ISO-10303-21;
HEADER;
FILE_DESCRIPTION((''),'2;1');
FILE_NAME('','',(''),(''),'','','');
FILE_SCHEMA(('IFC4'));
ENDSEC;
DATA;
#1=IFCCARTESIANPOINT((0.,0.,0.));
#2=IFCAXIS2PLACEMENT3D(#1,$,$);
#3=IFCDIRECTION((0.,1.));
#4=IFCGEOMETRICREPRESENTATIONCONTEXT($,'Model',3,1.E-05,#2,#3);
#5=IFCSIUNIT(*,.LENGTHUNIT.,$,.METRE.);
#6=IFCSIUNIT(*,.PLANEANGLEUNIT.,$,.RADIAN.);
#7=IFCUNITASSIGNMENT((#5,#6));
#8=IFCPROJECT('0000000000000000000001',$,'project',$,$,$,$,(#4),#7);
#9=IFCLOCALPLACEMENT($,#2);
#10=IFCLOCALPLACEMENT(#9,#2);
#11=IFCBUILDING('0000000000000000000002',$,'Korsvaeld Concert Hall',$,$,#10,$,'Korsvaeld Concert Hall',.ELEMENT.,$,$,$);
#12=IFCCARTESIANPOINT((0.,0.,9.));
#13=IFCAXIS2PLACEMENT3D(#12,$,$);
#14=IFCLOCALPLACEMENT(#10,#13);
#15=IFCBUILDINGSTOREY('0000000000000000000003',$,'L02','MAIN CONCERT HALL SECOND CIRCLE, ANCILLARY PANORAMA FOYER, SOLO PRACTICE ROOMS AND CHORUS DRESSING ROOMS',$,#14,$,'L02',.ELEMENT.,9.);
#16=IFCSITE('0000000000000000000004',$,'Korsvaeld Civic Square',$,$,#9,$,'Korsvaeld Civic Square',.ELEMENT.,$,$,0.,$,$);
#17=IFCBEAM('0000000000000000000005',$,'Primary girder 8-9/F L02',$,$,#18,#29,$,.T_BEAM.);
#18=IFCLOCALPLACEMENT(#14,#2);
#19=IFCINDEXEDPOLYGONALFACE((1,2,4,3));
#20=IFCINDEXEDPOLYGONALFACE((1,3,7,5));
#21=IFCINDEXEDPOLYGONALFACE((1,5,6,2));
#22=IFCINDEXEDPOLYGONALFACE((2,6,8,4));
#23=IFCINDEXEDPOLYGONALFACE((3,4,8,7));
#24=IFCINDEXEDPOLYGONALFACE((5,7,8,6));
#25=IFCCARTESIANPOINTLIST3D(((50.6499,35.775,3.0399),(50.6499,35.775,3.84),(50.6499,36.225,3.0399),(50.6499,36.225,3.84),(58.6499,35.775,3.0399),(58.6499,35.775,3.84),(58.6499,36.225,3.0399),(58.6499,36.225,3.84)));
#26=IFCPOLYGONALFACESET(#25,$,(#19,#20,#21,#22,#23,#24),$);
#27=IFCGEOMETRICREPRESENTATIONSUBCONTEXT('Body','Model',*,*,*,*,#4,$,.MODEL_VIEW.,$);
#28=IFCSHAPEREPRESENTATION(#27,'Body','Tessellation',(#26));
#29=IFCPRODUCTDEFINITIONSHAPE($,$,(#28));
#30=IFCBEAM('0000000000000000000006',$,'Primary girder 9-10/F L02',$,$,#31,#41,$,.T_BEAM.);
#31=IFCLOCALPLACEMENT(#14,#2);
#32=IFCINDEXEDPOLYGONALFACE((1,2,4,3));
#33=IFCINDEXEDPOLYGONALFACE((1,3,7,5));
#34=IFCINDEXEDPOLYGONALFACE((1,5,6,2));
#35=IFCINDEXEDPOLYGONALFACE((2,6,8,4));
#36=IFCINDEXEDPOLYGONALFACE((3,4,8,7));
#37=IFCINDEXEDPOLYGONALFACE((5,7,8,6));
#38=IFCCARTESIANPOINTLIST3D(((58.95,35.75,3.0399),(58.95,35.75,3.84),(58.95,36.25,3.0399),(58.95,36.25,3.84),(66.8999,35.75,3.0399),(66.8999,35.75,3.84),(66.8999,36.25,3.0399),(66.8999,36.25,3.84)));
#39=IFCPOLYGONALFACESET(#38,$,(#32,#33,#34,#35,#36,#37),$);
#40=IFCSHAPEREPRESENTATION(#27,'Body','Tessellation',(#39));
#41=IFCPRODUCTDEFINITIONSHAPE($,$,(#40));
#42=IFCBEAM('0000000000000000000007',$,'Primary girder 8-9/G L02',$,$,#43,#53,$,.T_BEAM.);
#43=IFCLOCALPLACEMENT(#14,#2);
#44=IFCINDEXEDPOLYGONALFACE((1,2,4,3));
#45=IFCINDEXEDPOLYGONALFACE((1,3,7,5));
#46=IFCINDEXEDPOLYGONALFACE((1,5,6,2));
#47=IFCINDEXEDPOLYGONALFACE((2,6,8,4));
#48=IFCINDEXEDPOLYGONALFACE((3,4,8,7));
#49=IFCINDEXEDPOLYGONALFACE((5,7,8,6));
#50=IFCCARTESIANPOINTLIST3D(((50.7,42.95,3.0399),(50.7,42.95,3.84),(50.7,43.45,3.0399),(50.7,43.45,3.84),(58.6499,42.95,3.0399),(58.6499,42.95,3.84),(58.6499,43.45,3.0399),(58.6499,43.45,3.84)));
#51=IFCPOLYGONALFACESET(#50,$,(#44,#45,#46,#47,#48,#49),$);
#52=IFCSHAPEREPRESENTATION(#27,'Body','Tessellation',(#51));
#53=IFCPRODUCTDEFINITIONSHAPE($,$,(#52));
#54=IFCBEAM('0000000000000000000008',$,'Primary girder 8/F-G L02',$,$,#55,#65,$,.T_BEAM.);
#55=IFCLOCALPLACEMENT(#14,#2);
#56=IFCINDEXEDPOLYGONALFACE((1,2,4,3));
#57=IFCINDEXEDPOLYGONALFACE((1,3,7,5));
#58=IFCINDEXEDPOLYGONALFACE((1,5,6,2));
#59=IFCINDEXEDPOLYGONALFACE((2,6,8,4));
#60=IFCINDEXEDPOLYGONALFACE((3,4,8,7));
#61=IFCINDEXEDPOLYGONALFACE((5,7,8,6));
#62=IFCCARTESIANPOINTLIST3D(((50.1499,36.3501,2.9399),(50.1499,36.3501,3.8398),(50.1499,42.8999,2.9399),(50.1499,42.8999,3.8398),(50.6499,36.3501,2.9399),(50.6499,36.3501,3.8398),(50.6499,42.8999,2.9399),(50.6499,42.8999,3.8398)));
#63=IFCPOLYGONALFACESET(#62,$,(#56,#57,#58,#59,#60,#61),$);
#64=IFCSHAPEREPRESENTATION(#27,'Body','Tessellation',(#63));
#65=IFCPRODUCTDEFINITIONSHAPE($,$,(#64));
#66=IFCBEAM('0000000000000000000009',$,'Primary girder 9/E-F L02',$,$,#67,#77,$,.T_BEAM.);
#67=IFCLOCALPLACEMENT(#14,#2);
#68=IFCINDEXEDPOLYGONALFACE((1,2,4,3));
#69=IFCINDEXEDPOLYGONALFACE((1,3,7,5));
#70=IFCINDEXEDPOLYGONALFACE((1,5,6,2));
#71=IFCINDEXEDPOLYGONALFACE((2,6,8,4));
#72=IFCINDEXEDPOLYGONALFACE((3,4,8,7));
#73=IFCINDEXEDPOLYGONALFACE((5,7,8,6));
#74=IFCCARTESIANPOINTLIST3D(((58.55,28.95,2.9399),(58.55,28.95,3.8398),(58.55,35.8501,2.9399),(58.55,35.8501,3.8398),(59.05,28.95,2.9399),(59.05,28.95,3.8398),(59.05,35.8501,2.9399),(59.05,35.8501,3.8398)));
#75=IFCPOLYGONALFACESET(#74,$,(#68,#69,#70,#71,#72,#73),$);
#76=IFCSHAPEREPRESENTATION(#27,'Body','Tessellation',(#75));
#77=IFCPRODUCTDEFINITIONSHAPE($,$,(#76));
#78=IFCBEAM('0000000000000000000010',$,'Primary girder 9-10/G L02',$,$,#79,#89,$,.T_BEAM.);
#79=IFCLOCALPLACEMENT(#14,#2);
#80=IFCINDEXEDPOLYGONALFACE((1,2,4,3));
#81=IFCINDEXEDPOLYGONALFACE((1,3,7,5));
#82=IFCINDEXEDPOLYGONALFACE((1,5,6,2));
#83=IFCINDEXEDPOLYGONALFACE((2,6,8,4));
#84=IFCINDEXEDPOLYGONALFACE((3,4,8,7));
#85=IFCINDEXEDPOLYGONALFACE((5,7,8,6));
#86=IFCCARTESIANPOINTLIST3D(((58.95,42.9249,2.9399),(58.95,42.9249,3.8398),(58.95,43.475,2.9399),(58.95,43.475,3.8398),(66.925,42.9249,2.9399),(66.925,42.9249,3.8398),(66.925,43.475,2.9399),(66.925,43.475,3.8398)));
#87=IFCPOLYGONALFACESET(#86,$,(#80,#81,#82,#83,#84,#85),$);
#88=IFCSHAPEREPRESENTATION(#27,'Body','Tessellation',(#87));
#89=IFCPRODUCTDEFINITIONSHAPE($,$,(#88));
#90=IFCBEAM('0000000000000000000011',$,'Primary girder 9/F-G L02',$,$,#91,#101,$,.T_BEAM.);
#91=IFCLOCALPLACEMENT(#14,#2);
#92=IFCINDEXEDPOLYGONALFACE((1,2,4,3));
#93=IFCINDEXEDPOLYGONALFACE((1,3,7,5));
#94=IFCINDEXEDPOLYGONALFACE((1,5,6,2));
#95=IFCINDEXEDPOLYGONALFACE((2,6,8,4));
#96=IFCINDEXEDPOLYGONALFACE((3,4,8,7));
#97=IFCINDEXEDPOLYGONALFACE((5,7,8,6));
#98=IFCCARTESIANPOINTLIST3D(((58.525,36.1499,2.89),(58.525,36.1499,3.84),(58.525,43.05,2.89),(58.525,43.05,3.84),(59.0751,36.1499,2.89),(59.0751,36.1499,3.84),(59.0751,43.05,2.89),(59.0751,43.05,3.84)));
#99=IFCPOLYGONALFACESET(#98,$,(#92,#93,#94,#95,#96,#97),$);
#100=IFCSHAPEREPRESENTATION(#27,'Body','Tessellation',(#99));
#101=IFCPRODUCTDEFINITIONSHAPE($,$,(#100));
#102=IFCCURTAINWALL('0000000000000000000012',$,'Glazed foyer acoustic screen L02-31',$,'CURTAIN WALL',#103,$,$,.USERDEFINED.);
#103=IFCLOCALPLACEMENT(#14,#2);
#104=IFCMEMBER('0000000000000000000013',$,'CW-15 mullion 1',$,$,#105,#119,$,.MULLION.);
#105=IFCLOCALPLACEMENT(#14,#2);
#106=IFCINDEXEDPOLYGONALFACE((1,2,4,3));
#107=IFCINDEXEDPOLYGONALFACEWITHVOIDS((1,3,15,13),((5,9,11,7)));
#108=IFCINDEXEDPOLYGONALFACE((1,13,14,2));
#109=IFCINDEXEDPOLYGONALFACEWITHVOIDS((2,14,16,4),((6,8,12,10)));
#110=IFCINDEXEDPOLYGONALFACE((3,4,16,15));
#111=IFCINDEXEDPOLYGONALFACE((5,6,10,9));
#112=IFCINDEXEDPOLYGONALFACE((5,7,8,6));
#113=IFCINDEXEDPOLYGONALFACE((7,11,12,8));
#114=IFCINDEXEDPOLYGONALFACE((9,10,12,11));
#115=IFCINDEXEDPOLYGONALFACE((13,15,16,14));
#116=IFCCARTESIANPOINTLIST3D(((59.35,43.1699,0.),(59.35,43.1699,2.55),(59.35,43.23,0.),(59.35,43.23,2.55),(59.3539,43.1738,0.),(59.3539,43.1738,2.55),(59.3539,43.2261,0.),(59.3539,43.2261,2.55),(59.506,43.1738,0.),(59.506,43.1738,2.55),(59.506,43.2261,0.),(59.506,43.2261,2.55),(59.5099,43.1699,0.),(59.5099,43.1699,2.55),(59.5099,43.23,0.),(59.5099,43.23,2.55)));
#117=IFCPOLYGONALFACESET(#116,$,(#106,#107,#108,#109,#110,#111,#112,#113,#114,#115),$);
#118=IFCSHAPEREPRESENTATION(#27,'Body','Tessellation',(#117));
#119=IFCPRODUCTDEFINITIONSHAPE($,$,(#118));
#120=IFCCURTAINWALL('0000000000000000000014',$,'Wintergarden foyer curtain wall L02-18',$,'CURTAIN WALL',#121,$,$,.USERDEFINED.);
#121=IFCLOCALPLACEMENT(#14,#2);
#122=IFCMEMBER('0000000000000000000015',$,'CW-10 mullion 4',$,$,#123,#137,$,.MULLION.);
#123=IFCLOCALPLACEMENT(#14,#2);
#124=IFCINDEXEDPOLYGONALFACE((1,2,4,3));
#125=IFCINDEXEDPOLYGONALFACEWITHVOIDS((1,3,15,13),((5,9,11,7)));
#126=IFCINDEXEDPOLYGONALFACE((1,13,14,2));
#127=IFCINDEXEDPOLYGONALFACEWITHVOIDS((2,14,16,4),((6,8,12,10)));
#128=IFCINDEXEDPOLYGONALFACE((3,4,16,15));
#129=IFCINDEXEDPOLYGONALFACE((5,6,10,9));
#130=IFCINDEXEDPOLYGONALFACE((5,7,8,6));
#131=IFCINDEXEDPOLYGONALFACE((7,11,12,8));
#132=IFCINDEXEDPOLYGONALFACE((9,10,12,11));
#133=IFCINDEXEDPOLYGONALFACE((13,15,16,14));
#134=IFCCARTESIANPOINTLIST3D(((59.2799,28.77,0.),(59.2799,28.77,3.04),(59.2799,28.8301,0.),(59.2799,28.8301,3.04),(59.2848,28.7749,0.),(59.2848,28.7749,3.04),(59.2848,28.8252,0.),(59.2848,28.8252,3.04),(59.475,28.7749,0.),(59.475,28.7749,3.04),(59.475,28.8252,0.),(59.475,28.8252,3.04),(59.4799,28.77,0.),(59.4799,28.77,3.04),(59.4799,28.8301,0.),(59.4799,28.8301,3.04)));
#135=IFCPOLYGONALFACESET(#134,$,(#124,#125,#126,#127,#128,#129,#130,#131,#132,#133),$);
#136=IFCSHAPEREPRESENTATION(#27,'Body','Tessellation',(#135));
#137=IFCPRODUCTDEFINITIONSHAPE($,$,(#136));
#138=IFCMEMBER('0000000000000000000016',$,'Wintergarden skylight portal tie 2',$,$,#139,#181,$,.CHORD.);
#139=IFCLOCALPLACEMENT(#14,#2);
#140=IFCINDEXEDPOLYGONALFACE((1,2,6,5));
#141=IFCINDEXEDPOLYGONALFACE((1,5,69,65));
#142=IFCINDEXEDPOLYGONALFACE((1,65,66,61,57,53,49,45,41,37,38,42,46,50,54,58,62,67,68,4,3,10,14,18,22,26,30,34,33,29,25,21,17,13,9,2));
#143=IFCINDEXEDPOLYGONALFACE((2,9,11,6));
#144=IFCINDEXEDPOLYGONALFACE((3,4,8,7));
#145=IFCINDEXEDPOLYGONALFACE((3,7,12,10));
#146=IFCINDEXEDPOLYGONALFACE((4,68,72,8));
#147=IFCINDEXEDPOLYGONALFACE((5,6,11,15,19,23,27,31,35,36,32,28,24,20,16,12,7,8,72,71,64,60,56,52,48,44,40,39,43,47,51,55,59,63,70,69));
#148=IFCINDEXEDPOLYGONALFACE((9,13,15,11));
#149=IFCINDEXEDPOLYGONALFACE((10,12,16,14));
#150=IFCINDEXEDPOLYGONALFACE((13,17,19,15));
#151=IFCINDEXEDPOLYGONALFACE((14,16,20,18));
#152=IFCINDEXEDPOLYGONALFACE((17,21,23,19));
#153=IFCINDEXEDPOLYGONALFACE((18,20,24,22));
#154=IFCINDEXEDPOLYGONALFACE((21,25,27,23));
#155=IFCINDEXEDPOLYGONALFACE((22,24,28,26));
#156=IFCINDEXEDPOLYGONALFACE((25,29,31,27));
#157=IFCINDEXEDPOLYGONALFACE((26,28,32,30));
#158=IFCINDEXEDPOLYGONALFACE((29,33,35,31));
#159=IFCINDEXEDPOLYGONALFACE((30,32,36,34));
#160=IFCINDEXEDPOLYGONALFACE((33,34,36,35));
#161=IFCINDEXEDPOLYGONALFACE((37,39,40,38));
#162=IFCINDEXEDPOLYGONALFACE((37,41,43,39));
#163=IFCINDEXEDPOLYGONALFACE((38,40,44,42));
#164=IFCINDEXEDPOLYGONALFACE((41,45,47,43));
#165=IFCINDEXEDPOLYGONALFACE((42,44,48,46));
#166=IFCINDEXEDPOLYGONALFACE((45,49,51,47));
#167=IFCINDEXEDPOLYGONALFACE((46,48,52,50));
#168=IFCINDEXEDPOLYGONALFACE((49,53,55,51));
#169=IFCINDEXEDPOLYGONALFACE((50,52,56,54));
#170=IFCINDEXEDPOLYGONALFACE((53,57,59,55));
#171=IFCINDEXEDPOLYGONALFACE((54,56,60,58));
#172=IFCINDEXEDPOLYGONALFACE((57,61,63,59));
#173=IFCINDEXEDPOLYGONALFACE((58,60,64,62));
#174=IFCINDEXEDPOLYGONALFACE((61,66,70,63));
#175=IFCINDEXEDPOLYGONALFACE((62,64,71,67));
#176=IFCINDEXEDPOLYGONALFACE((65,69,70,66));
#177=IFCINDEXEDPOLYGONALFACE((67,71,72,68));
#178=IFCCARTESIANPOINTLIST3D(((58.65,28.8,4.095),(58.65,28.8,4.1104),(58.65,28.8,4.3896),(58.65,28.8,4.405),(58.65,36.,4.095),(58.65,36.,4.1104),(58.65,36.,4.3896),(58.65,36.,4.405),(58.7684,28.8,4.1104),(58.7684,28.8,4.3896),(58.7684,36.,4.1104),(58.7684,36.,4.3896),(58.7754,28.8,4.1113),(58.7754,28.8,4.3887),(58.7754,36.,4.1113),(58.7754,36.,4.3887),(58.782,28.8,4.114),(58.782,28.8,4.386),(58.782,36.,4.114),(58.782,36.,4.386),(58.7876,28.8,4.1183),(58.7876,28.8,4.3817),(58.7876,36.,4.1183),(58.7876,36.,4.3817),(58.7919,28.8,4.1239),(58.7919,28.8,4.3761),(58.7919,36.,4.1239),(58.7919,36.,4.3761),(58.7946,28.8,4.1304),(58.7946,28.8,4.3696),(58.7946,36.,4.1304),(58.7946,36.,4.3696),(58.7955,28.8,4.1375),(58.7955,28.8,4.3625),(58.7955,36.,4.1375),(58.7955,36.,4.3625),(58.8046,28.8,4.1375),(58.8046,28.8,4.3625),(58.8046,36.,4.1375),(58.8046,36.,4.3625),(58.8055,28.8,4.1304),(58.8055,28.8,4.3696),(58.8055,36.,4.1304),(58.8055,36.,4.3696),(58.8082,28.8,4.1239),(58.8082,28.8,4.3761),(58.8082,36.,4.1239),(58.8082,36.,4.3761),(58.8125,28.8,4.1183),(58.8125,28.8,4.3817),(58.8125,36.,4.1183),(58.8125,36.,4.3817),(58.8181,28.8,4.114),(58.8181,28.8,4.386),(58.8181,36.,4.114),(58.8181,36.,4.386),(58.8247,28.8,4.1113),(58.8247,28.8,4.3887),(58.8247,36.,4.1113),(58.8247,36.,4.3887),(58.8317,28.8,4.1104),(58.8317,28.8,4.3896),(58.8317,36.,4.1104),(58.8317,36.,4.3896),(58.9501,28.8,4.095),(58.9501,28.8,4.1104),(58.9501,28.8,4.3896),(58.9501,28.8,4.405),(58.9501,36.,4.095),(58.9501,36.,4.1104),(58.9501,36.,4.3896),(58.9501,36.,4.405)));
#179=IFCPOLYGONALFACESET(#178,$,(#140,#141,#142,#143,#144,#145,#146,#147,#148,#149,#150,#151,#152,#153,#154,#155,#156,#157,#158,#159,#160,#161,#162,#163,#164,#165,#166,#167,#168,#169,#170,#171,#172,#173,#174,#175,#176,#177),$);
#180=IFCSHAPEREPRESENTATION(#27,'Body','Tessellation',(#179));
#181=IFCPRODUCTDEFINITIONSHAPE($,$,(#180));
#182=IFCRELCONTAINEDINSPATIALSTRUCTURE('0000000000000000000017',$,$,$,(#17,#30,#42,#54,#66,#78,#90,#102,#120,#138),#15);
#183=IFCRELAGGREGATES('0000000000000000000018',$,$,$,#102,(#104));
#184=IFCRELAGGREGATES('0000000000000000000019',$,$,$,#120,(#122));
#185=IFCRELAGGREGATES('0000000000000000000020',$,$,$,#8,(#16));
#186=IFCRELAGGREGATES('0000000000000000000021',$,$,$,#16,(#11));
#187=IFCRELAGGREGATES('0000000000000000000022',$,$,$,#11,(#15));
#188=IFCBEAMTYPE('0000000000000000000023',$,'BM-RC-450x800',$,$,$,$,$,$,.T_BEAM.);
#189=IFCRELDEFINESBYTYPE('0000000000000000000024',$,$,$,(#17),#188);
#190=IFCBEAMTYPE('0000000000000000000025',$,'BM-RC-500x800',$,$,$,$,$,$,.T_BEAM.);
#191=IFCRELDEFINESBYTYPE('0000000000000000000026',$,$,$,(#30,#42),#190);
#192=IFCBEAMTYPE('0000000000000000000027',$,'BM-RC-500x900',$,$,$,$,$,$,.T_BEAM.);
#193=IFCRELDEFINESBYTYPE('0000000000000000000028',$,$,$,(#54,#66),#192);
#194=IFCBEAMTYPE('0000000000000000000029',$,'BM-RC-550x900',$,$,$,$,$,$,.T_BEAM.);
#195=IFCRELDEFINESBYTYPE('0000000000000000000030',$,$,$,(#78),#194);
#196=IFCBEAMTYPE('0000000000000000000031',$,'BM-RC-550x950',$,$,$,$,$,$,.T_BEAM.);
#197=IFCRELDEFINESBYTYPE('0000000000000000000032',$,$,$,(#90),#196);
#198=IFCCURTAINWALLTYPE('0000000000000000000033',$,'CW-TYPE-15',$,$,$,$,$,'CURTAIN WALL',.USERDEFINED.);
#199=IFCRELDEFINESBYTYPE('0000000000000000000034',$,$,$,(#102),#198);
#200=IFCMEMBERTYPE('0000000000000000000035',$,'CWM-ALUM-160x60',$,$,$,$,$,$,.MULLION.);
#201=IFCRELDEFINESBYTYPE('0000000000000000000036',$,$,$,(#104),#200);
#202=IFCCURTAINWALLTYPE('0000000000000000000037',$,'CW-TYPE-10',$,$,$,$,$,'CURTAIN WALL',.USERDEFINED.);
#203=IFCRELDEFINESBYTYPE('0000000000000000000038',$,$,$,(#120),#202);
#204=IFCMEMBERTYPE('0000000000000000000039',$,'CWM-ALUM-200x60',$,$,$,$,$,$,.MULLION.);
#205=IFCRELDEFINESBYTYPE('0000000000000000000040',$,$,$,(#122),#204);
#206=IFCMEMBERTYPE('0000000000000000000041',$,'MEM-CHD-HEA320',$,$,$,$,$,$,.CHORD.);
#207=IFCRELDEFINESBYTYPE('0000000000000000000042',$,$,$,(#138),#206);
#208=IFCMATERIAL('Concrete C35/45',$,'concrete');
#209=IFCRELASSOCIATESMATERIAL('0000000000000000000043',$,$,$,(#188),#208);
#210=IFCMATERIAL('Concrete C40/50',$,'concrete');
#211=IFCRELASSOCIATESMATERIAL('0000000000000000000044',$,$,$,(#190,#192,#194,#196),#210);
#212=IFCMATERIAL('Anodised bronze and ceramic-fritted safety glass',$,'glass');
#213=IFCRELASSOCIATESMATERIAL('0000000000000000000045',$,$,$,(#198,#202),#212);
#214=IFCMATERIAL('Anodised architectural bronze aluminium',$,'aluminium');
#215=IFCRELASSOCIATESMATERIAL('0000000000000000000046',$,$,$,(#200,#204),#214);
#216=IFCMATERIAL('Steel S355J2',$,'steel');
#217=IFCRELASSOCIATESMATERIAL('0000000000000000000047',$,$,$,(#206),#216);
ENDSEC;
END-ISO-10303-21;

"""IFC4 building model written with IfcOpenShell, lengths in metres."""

from ifc_helpers import new_model, si_unit, direction, frame, origin, origin_2d, place, context, subcontext, project, spatial, rectangle, hollow_rectangle, i_section, extrude, material, material_profile, profile_set, type_object, element, aggregate, save


model = new_model("IFC4")

# Units and contexts
model_context = context("Model", 3, precision=1e-05, world=origin(), true_north=direction((0.0, 1.0)))
body_context = subcontext(model_context, "Body", "Model", "MODEL_VIEW")
ifc_project = project(units=[si_unit("LENGTHUNIT", "METRE"), si_unit("PLANEANGLEUNIT", "RADIAN")], contexts=[model_context])

# Site, building, storey
site_placement = place(None, origin())
site = spatial("IfcSite", under=ifc_project, at=site_placement, Name="Korsvaeld Civic Square", LongName="Korsvaeld Civic Square", CompositionType="ELEMENT", RefElevation=0.0)
building_placement = place(site_placement, origin())
building = spatial("IfcBuilding", under=site, at=building_placement, Name="Korsvaeld Concert Hall", LongName="Korsvaeld Concert Hall", CompositionType="ELEMENT")
storey_placement = place(building_placement, frame((0.0, 0.0, 9.0)))
storey = spatial("IfcBuildingStorey", under=building, at=storey_placement, Name="L02", Description="MAIN CONCERT HALL SECOND CIRCLE, ANCILLARY PANORAMA FOYER, SOLO PRACTICE ROOMS AND CHORUS DRESSING ROOMS", LongName="L02", CompositionType="ELEMENT", Elevation=9.0)

# Shared definitions
ifc_material_1 = material(Name="Concrete C40/50", Category="concrete")
ifc_material_2 = material(Name="Steel S355J2", Category="steel")

# Beams
ifc_material_3 = material(Name="Concrete C35/45", Category="concrete")
ifc_material_profile_1 = material_profile(ifc_material_3, rectangle(XDim=0.45, YDim=0.8, at=origin_2d()), Name="RC 450x800")
ifc_profile_set_1 = profile_set([ifc_material_profile_1], Name="Concrete C35/45")
beam_type_1 = type_object("IfcBeamType", Name="BM-RC-450x800", PredefinedType="T_BEAM", material=ifc_profile_set_1)
beam_1_placement = place(storey_placement, frame((50.6499, 36.0, 3.4399), z_axis=(1.0, 0.0, 0.0), x_axis=(0.0, 1.0, 0.0)))
element("IfcBeam", 1, at=beam_1_placement, inside=storey, type_object=beam_type_1, Name="Primary girder 8-9/F L02", PredefinedType="T_BEAM", context=body_context, shape_type="SweptSolid", body=[
    extrude(rectangle(XDim=0.45, YDim=0.8, at=origin_2d()), origin(), (0.0, 0.0, 1.0), 8.0),
])
ifc_material_profile_2 = material_profile(ifc_material_1, rectangle(XDim=0.5, YDim=0.8, at=origin_2d()), Name="RC 500x800")
ifc_profile_set_2 = profile_set([ifc_material_profile_2], Name="Concrete C40/50")
beam_type_2 = type_object("IfcBeamType", Name="BM-RC-500x800", PredefinedType="T_BEAM", material=ifc_profile_set_2)
for number, where, z_axis, x_axis, name in (
    (2, (58.95, 36.0, 3.4399), (1.0, 0.0, 0.0), (0.0, 1.0, 0.0), "Primary girder 9-10/F L02"),
    (3, (50.7, 43.2, 3.4399), (1.0, 0.0, 0.0), (0.0, 1.0, 0.0), "Primary girder 8-9/G L02"),
):
    element("IfcBeam", number, at=place(storey_placement, frame(where, z_axis=z_axis, x_axis=x_axis)), inside=storey, type_object=beam_type_2, Name=name, PredefinedType="T_BEAM", context=body_context, shape_type="SweptSolid", body=[
        extrude(rectangle(XDim=0.5, YDim=0.8, at=origin_2d()), origin(), (0.0, 0.0, 1.0), 7.95),
    ])
ifc_material_profile_3 = material_profile(ifc_material_1, rectangle(XDim=0.5, YDim=0.8999, at=origin_2d()), Name="RC 500x900")
ifc_profile_set_3 = profile_set([ifc_material_profile_3], Name="Concrete C40/50")
beam_type_3 = type_object("IfcBeamType", Name="BM-RC-500x900", PredefinedType="T_BEAM", material=ifc_profile_set_3)
beam_2_placement = place(storey_placement, frame((50.3999, 36.3501, 3.3899), z_axis=(0.0, 1.0, 0.0), x_axis=(-1.0, 0.0, 0.0)))
element("IfcBeam", 4, at=beam_2_placement, inside=storey, type_object=beam_type_3, Name="Primary girder 8/F-G L02", PredefinedType="T_BEAM", context=body_context, shape_type="SweptSolid", body=[
    extrude(rectangle(XDim=0.5, YDim=0.8999, at=origin_2d()), origin(), (0.0, 0.0, 1.0), 6.5498),
])
beam_3_placement = place(storey_placement, frame((58.8, 28.95, 3.3899), z_axis=(0.0, 1.0, 0.0), x_axis=(-1.0, 0.0, 0.0)))
element("IfcBeam", 5, at=beam_3_placement, inside=storey, type_object=beam_type_3, Name="Primary girder 9/E-F L02", PredefinedType="T_BEAM", context=body_context, shape_type="SweptSolid", body=[
    extrude(rectangle(XDim=0.5, YDim=0.8999, at=origin_2d()), origin(), (0.0, 0.0, 1.0), 6.9001),
])
ifc_material_profile_4 = material_profile(ifc_material_1, rectangle(XDim=0.55, YDim=0.8999, at=origin_2d()), Name="RC 550x900")
ifc_profile_set_4 = profile_set([ifc_material_profile_4], Name="Concrete C40/50")
beam_type_4 = type_object("IfcBeamType", Name="BM-RC-550x900", PredefinedType="T_BEAM", material=ifc_profile_set_4)
beam_4_placement = place(storey_placement, frame((58.95, 43.2, 3.3899), z_axis=(1.0, 0.0, 0.0), x_axis=(0.0, 1.0, 0.0)))
element("IfcBeam", 6, at=beam_4_placement, inside=storey, type_object=beam_type_4, Name="Primary girder 9-10/G L02", PredefinedType="T_BEAM", context=body_context, shape_type="SweptSolid", body=[
    extrude(rectangle(XDim=0.55, YDim=0.8999, at=origin_2d()), origin(), (0.0, 0.0, 1.0), 7.9751),
])
ifc_material_profile_5 = material_profile(ifc_material_1, rectangle(XDim=0.55, YDim=0.95, at=origin_2d()), Name="RC 550x950")
ifc_profile_set_5 = profile_set([ifc_material_profile_5], Name="Concrete C40/50")
beam_type_5 = type_object("IfcBeamType", Name="BM-RC-550x950", PredefinedType="T_BEAM", material=ifc_profile_set_5)
beam_5_placement = place(storey_placement, frame((58.8, 36.1499, 3.365), z_axis=(0.0, 1.0, 0.0), x_axis=(-1.0, 0.0, 0.0)))
element("IfcBeam", 7, at=beam_5_placement, inside=storey, type_object=beam_type_5, Name="Primary girder 9/F-G L02", PredefinedType="T_BEAM", context=body_context, shape_type="SweptSolid", body=[
    extrude(rectangle(XDim=0.55, YDim=0.95, at=origin_2d()), origin(), (0.0, 0.0, 1.0), 6.9001),
])

# Curtain walls, members
ifc_material_4 = material(Name="Anodised bronze and ceramic-fritted safety glass", Category="glass")
curtain_wall_type_1 = type_object("IfcCurtainWallType", Name="CW-TYPE-15", ElementType="CURTAIN WALL", PredefinedType="USERDEFINED", material=ifc_material_4)
curtain_wall_1_placement = place(storey_placement, origin())
curtain_wall_1 = element("IfcCurtainWall", 8, at=curtain_wall_1_placement, inside=storey, type_object=curtain_wall_type_1, Name="Glazed foyer acoustic screen L02-31", ObjectType="CURTAIN WALL", PredefinedType="USERDEFINED")
ifc_material_5 = material(Name="Anodised architectural bronze aluminium", Category="aluminium")
ifc_material_profile_6 = material_profile(ifc_material_5, hollow_rectangle(XDim=0.0601, YDim=0.1599, WallThickness=0.0039, at=origin_2d()), Name="CWM 160x60x4")
ifc_profile_set_6 = profile_set([ifc_material_profile_6], Name="Anodised architectural bronze aluminium")
member_type_1 = type_object("IfcMemberType", Name="CWM-ALUM-160x60", PredefinedType="MULLION", material=ifc_profile_set_6)
member_1_placement = place(storey_placement, frame((59.4299, 43.2, 0.0), z_axis=(0.0, 0.0, 1.0), x_axis=(0.0, 1.0, 0.0)))
member_1 = element("IfcMember", 9, at=member_1_placement, type_object=member_type_1, Name="CW-15 mullion 1", PredefinedType="MULLION", context=body_context, shape_type="SweptSolid", body=[
    extrude(hollow_rectangle(XDim=0.0601, YDim=0.1599, WallThickness=0.0039, at=origin_2d()), origin(), (0.0, 0.0, 1.0), 2.55),
])
aggregate(curtain_wall_1, [member_1])
curtain_wall_type_2 = type_object("IfcCurtainWallType", Name="CW-TYPE-10", ElementType="CURTAIN WALL", PredefinedType="USERDEFINED", material=ifc_material_4)
curtain_wall_2_placement = place(storey_placement, origin())
curtain_wall_2 = element("IfcCurtainWall", 10, at=curtain_wall_2_placement, inside=storey, type_object=curtain_wall_type_2, Name="Wintergarden foyer curtain wall L02-18", ObjectType="CURTAIN WALL", PredefinedType="USERDEFINED")
ifc_material_profile_7 = material_profile(ifc_material_5, hollow_rectangle(XDim=0.0601, YDim=0.2, WallThickness=0.0049, at=origin_2d()), Name="CWM 200x60x5")
ifc_profile_set_7 = profile_set([ifc_material_profile_7], Name="Anodised architectural bronze aluminium")
member_type_2 = type_object("IfcMemberType", Name="CWM-ALUM-200x60", PredefinedType="MULLION", material=ifc_profile_set_7)
member_2_placement = place(storey_placement, frame((59.3799, 28.8, 0.0), z_axis=(0.0, 0.0, 1.0), x_axis=(0.0, -1.0, 0.0)))
member_2 = element("IfcMember", 11, at=member_2_placement, type_object=member_type_2, Name="CW-10 mullion 4", PredefinedType="MULLION", context=body_context, shape_type="SweptSolid", body=[
    extrude(hollow_rectangle(XDim=0.0601, YDim=0.2, WallThickness=0.0049, at=origin_2d()), origin(), (0.0, 0.0, 1.0), 3.04),
])

# Member
ifc_material_profile_8 = material_profile(ifc_material_2, i_section(OverallWidth=0.3, OverallDepth=0.3101, WebThickness=0.009, FlangeThickness=0.0154, FilletRadius=0.0271, at=origin_2d()), Name="HEA 320")
ifc_profile_set_8 = profile_set([ifc_material_profile_8], Name="Steel S355J2")
member_type_3 = type_object("IfcMemberType", Name="MEM-CHD-HEA320", PredefinedType="CHORD", material=ifc_profile_set_8)
member_3_placement = place(storey_placement, frame((58.8, 28.8, 4.25), z_axis=(0.0, 1.0, 0.0), x_axis=(-1.0, 0.0, 0.0)))
element("IfcMember", 12, at=member_3_placement, inside=storey, type_object=member_type_3, Name="Wintergarden skylight portal tie 2", PredefinedType="CHORD", context=body_context, shape_type="SweptSolid", body=[
    extrude(i_section(OverallWidth=0.3, OverallDepth=0.3101, WebThickness=0.009, FlangeThickness=0.0154, FilletRadius=0.0271, at=origin_2d()), origin(), (0.0, 0.0, 1.0), 7.2),
])

aggregate(curtain_wall_2, [member_2])

save(model, "model.ifc")
